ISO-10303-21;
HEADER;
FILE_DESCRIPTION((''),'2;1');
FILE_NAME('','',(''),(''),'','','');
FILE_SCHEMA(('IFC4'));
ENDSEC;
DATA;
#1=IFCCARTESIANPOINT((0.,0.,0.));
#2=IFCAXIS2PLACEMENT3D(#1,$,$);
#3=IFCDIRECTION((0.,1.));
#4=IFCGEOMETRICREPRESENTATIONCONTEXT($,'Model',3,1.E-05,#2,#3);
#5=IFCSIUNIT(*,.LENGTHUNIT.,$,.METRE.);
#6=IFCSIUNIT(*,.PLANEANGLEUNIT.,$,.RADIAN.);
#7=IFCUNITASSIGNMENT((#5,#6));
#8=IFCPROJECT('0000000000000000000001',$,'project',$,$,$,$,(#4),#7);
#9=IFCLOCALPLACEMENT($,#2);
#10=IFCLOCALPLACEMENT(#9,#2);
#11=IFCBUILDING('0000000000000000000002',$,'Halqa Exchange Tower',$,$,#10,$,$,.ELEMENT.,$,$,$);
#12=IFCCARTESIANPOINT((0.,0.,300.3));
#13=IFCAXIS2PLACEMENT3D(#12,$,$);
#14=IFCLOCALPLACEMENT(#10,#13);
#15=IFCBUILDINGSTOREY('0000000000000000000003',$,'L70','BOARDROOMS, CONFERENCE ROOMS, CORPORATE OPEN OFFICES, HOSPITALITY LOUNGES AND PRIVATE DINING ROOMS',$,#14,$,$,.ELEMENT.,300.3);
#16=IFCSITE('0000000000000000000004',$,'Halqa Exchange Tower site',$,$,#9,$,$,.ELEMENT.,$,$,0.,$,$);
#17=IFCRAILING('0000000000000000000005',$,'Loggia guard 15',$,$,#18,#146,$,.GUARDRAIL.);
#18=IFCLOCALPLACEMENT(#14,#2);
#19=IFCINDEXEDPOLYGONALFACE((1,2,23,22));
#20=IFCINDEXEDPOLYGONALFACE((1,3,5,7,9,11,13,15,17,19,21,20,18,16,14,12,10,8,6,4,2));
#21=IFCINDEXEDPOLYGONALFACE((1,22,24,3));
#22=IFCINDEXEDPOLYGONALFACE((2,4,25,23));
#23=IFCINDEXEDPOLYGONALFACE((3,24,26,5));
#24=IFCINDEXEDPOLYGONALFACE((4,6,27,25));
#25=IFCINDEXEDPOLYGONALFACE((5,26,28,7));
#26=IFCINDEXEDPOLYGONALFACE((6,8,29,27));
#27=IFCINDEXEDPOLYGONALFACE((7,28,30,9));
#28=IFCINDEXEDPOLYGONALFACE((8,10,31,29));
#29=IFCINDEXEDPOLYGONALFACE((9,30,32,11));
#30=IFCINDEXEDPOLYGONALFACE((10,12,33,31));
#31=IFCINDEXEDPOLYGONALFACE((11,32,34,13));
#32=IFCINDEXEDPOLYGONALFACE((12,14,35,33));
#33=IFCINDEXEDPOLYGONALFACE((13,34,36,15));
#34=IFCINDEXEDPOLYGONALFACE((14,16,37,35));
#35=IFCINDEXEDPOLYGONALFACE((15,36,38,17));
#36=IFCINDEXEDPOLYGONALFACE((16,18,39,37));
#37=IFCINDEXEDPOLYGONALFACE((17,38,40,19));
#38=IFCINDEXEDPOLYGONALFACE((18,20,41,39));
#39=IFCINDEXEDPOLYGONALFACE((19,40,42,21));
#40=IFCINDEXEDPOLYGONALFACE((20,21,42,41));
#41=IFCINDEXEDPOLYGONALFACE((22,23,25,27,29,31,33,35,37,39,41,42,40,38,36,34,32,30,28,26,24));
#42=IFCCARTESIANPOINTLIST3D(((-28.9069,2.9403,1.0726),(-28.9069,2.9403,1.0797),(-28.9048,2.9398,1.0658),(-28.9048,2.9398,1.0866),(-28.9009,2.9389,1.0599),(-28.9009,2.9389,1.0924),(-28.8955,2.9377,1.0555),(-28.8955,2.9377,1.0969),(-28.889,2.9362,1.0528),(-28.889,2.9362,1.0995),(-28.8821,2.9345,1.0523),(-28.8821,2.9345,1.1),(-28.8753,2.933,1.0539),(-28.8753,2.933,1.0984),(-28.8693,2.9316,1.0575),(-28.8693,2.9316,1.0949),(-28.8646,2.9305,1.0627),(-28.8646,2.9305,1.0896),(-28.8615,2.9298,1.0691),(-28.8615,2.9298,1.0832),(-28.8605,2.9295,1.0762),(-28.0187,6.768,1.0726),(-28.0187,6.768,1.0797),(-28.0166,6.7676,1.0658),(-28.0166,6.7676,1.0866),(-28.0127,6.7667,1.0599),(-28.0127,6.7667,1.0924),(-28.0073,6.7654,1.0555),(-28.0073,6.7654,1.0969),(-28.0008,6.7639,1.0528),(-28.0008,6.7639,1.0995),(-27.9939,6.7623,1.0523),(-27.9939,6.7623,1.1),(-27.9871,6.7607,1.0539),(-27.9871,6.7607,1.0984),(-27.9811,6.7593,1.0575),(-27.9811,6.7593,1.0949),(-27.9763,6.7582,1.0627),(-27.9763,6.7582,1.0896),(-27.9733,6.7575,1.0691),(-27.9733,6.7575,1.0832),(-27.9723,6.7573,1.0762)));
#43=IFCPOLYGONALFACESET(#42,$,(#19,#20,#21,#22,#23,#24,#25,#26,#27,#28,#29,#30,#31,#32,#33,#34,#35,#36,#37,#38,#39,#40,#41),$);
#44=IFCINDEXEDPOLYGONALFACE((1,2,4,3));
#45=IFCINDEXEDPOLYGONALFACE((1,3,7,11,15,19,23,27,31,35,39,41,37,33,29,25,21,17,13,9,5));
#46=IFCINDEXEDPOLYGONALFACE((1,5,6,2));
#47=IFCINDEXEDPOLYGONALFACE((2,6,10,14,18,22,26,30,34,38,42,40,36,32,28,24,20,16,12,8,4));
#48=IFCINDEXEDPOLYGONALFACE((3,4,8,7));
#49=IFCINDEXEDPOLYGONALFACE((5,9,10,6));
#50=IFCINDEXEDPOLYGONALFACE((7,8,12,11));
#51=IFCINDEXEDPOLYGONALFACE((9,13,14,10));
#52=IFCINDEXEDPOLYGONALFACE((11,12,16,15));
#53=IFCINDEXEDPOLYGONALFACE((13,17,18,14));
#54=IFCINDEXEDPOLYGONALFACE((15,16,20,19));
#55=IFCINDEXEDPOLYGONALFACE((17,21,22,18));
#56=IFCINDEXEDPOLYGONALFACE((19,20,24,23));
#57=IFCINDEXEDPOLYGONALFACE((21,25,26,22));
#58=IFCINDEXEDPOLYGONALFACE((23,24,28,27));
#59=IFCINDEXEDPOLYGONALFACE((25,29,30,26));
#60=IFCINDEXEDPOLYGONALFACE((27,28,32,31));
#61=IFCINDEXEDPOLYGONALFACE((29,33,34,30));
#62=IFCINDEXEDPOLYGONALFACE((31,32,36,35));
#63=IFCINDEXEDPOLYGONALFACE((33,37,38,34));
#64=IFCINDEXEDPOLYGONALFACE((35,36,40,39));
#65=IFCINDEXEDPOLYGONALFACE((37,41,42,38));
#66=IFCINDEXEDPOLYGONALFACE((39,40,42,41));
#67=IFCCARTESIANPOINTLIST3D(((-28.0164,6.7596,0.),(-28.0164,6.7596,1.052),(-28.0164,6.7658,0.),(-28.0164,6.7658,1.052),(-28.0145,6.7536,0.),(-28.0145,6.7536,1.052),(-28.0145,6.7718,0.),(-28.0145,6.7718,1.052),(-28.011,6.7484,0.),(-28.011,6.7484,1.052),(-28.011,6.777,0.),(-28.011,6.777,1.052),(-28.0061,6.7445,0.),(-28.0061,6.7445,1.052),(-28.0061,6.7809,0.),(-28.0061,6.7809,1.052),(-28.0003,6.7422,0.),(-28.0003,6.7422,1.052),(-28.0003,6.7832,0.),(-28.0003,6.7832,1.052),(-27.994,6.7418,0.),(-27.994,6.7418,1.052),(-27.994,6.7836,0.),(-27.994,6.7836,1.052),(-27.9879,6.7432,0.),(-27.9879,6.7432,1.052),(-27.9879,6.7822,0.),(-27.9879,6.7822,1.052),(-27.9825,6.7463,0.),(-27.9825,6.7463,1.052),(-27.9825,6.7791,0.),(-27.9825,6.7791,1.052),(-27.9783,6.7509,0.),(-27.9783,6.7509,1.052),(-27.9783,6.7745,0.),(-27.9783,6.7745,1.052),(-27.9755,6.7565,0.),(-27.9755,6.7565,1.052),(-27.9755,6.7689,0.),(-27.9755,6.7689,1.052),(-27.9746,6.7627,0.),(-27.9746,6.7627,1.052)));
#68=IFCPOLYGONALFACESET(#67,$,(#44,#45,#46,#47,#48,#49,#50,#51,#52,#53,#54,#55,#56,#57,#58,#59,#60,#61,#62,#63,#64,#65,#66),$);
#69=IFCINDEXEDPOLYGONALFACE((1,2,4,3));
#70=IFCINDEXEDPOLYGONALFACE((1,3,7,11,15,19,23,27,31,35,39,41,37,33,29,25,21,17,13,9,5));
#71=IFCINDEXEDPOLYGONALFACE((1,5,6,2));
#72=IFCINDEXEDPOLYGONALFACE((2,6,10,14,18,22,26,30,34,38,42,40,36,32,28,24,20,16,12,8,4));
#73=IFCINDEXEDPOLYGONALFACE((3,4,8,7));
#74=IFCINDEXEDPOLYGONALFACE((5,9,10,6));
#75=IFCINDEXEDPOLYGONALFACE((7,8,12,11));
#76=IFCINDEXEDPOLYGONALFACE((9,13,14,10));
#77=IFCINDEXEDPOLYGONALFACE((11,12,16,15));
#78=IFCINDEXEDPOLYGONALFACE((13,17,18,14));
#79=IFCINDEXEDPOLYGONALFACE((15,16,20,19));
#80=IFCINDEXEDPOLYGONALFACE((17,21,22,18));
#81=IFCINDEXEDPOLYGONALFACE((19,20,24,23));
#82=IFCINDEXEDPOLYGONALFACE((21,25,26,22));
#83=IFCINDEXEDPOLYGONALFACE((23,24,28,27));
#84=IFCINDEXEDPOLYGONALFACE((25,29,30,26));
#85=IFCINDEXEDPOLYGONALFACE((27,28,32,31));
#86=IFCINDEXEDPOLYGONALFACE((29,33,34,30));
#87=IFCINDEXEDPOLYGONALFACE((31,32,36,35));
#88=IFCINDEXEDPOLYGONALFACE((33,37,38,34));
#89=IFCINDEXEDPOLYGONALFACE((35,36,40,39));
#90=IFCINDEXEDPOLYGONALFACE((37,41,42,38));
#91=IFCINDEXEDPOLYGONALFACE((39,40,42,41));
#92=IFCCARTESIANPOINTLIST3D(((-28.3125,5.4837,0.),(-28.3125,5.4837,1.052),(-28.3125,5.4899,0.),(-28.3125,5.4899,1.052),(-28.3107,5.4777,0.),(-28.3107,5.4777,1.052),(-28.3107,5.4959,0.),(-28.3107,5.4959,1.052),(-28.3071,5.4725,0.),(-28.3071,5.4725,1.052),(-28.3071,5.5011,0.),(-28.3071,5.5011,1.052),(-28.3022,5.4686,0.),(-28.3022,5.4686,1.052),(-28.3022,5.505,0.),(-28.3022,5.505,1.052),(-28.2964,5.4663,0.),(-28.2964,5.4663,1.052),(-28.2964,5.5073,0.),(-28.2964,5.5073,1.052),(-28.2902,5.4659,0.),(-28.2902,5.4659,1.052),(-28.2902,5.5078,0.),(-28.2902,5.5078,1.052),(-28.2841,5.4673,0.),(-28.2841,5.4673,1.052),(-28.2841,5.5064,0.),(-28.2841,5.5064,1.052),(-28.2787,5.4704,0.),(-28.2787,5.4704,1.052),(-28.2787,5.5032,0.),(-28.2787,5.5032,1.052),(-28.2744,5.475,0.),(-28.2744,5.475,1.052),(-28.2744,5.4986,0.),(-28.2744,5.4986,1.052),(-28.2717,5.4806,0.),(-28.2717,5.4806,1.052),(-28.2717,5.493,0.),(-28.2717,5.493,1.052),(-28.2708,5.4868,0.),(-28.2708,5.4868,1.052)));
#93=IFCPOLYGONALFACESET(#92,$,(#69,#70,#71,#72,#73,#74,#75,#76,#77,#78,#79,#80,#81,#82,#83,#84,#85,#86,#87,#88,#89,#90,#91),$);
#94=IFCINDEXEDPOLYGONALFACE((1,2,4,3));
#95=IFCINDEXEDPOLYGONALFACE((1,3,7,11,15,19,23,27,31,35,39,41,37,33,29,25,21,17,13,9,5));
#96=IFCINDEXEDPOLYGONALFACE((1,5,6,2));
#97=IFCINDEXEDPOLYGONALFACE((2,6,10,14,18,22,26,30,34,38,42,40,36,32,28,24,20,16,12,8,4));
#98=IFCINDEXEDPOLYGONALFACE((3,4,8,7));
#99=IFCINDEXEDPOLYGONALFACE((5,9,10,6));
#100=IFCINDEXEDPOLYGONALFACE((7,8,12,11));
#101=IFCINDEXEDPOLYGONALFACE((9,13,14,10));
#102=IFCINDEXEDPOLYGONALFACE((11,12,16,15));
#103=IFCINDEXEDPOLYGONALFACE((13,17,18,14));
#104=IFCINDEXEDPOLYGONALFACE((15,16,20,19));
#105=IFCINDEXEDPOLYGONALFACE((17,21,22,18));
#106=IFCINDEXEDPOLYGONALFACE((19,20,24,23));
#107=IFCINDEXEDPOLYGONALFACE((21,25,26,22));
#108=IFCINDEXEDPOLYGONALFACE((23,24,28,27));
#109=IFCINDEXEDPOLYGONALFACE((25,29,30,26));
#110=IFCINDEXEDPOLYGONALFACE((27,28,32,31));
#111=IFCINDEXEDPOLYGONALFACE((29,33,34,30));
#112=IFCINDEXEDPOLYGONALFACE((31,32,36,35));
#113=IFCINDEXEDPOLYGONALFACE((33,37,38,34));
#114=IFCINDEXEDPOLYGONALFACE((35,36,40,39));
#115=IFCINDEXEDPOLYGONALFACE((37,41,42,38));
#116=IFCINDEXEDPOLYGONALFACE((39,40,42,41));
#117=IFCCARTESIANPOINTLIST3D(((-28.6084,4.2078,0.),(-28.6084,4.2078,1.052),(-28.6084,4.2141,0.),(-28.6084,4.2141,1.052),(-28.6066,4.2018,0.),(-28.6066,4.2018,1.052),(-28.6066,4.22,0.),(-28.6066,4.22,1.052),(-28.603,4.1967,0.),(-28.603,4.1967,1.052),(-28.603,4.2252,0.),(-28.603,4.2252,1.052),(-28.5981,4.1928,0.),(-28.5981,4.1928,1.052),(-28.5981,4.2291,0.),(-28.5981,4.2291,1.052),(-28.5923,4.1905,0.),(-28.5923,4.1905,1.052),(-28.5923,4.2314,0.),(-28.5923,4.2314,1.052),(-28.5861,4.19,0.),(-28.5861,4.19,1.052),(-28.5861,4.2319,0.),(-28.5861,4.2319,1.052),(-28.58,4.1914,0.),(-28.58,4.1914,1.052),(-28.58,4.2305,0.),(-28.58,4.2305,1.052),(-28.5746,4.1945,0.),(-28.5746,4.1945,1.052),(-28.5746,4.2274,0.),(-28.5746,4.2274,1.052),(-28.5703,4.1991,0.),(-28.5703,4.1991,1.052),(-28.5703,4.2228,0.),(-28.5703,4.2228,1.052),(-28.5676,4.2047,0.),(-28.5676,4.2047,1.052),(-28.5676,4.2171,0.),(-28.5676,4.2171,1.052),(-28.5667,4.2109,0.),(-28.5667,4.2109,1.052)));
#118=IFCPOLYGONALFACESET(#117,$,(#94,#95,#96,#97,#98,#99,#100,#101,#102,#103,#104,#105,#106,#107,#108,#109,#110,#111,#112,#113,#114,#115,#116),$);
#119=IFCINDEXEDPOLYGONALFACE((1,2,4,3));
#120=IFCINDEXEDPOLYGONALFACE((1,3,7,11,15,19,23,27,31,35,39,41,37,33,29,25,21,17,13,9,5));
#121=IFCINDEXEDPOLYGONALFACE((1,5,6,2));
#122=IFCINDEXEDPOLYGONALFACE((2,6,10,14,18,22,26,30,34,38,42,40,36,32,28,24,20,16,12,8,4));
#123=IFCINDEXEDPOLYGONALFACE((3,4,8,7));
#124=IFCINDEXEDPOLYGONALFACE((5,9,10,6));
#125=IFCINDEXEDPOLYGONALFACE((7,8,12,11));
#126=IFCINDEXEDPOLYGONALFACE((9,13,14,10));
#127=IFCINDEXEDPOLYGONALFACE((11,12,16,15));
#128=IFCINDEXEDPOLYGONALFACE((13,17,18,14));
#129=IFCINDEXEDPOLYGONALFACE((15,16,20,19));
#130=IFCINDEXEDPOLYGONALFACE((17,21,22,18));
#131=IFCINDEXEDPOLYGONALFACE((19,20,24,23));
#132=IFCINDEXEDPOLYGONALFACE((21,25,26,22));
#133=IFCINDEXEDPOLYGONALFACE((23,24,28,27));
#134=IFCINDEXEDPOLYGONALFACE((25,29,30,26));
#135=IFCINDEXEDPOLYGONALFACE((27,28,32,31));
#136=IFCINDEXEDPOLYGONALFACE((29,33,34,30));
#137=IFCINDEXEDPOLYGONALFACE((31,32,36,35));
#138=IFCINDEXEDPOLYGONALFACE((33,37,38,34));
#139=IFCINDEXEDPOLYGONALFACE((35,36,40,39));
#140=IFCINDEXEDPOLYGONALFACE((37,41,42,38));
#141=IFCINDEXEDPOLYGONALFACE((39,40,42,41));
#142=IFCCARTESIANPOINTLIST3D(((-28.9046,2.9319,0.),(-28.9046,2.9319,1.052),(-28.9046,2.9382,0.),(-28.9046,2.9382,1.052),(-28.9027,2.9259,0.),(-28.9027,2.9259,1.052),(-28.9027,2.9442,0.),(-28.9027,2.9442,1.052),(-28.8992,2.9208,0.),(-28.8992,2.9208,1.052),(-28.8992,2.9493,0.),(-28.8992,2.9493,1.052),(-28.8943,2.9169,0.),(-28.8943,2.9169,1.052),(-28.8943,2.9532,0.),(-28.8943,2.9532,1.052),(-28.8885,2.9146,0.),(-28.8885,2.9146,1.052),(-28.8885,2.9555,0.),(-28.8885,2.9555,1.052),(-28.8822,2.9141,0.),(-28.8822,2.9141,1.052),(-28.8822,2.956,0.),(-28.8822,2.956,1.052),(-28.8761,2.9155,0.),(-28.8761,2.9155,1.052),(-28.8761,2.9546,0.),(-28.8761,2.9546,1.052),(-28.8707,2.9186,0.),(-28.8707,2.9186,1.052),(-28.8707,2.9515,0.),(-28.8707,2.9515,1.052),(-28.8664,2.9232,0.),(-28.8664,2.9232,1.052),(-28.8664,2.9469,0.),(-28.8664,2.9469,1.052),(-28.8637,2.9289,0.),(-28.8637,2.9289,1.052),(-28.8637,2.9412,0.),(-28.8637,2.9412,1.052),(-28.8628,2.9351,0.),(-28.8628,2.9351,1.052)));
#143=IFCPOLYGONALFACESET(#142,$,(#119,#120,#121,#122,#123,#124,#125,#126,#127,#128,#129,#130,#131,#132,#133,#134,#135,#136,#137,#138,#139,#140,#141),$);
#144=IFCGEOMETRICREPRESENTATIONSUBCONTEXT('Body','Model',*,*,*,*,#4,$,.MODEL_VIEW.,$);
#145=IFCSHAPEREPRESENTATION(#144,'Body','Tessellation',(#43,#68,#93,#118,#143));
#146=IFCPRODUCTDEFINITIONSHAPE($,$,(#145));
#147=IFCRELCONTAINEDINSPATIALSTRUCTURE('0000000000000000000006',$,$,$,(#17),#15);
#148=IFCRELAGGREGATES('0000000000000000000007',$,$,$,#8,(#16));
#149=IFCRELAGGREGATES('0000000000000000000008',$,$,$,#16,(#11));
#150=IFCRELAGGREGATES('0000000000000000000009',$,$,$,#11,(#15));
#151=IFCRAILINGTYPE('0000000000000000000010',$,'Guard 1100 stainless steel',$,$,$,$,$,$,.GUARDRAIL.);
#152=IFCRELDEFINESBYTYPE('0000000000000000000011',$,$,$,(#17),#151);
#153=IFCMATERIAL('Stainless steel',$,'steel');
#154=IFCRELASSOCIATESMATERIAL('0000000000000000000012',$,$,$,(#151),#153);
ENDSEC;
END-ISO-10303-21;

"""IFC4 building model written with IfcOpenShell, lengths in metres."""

from ifc_helpers import new_model, si_unit, direction, frame, origin, origin_2d, place, context, subcontext, project, spatial, circle, extrude, material, type_object, element, save


model = new_model("IFC4")

# Units and contexts
model_context = context("Model", 3, precision=1e-05, world=origin(), true_north=direction((0.0, 1.0)))
body_context = subcontext(model_context, "Body", "Model", "MODEL_VIEW")
ifc_project = project(units=[si_unit("LENGTHUNIT", "METRE"), si_unit("PLANEANGLEUNIT", "RADIAN")], contexts=[model_context])

# Site, building, storey
site_placement = place(None, origin())
site = spatial("IfcSite", under=ifc_project, at=site_placement, Name="Halqa Exchange Tower site", CompositionType="ELEMENT", RefElevation=0.0)
building_placement = place(site_placement, origin())
building = spatial("IfcBuilding", under=site, at=building_placement, Name="Halqa Exchange Tower", CompositionType="ELEMENT")
storey_placement = place(building_placement, frame((0.0, 0.0, 300.3)))
storey = spatial("IfcBuildingStorey", under=building, at=storey_placement, Name="L70", Description="BOARDROOMS, CONFERENCE ROOMS, CORPORATE OPEN OFFICES, HOSPITALITY LOUNGES AND PRIVATE DINING ROOMS", CompositionType="ELEMENT", Elevation=300.3)

# Railing
ifc_material_1 = material(Name="Stainless steel", Category="steel")
railing_type = type_object("IfcRailingType", Name="Guard 1100 stainless steel", PredefinedType="GUARDRAIL", material=ifc_material_1)
railing_1_placement = place(storey_placement, frame((-27.9956, 6.7627, 0.0)))
element("IfcRailing", 1, at=railing_1_placement, inside=storey, type_object=railing_type, Name="Loggia guard 15", PredefinedType="GUARDRAIL", context=body_context, shape_type="SweptSolid", body=[
    extrude(circle(Radius=0.0239, at=origin_2d()), frame((0.0, 0.0, 1.0762), z_axis=(-0.226039, -0.974118, 0.0), x_axis=(0.974118, -0.226039, 0.0)), (0.0, 0.0, 1.0), 3.9294),
    extrude(circle(Radius=0.021, at=origin_2d()), origin(), (0.0, 0.0, 1.0), 1.052),
    extrude(circle(Radius=0.021, at=origin_2d()), frame((-0.2961, -1.2759, 0.0)), (0.0, 0.0, 1.0), 1.052),
    extrude(circle(Radius=0.021, at=origin_2d()), frame((-0.592, -2.5518, 0.0)), (0.0, 0.0, 1.0), 1.052),
    extrude(circle(Radius=0.021, at=origin_2d()), frame((-0.8882, -3.8276, 0.0)), (0.0, 0.0, 1.0), 1.052),
])

save(model, "model.ifc")
